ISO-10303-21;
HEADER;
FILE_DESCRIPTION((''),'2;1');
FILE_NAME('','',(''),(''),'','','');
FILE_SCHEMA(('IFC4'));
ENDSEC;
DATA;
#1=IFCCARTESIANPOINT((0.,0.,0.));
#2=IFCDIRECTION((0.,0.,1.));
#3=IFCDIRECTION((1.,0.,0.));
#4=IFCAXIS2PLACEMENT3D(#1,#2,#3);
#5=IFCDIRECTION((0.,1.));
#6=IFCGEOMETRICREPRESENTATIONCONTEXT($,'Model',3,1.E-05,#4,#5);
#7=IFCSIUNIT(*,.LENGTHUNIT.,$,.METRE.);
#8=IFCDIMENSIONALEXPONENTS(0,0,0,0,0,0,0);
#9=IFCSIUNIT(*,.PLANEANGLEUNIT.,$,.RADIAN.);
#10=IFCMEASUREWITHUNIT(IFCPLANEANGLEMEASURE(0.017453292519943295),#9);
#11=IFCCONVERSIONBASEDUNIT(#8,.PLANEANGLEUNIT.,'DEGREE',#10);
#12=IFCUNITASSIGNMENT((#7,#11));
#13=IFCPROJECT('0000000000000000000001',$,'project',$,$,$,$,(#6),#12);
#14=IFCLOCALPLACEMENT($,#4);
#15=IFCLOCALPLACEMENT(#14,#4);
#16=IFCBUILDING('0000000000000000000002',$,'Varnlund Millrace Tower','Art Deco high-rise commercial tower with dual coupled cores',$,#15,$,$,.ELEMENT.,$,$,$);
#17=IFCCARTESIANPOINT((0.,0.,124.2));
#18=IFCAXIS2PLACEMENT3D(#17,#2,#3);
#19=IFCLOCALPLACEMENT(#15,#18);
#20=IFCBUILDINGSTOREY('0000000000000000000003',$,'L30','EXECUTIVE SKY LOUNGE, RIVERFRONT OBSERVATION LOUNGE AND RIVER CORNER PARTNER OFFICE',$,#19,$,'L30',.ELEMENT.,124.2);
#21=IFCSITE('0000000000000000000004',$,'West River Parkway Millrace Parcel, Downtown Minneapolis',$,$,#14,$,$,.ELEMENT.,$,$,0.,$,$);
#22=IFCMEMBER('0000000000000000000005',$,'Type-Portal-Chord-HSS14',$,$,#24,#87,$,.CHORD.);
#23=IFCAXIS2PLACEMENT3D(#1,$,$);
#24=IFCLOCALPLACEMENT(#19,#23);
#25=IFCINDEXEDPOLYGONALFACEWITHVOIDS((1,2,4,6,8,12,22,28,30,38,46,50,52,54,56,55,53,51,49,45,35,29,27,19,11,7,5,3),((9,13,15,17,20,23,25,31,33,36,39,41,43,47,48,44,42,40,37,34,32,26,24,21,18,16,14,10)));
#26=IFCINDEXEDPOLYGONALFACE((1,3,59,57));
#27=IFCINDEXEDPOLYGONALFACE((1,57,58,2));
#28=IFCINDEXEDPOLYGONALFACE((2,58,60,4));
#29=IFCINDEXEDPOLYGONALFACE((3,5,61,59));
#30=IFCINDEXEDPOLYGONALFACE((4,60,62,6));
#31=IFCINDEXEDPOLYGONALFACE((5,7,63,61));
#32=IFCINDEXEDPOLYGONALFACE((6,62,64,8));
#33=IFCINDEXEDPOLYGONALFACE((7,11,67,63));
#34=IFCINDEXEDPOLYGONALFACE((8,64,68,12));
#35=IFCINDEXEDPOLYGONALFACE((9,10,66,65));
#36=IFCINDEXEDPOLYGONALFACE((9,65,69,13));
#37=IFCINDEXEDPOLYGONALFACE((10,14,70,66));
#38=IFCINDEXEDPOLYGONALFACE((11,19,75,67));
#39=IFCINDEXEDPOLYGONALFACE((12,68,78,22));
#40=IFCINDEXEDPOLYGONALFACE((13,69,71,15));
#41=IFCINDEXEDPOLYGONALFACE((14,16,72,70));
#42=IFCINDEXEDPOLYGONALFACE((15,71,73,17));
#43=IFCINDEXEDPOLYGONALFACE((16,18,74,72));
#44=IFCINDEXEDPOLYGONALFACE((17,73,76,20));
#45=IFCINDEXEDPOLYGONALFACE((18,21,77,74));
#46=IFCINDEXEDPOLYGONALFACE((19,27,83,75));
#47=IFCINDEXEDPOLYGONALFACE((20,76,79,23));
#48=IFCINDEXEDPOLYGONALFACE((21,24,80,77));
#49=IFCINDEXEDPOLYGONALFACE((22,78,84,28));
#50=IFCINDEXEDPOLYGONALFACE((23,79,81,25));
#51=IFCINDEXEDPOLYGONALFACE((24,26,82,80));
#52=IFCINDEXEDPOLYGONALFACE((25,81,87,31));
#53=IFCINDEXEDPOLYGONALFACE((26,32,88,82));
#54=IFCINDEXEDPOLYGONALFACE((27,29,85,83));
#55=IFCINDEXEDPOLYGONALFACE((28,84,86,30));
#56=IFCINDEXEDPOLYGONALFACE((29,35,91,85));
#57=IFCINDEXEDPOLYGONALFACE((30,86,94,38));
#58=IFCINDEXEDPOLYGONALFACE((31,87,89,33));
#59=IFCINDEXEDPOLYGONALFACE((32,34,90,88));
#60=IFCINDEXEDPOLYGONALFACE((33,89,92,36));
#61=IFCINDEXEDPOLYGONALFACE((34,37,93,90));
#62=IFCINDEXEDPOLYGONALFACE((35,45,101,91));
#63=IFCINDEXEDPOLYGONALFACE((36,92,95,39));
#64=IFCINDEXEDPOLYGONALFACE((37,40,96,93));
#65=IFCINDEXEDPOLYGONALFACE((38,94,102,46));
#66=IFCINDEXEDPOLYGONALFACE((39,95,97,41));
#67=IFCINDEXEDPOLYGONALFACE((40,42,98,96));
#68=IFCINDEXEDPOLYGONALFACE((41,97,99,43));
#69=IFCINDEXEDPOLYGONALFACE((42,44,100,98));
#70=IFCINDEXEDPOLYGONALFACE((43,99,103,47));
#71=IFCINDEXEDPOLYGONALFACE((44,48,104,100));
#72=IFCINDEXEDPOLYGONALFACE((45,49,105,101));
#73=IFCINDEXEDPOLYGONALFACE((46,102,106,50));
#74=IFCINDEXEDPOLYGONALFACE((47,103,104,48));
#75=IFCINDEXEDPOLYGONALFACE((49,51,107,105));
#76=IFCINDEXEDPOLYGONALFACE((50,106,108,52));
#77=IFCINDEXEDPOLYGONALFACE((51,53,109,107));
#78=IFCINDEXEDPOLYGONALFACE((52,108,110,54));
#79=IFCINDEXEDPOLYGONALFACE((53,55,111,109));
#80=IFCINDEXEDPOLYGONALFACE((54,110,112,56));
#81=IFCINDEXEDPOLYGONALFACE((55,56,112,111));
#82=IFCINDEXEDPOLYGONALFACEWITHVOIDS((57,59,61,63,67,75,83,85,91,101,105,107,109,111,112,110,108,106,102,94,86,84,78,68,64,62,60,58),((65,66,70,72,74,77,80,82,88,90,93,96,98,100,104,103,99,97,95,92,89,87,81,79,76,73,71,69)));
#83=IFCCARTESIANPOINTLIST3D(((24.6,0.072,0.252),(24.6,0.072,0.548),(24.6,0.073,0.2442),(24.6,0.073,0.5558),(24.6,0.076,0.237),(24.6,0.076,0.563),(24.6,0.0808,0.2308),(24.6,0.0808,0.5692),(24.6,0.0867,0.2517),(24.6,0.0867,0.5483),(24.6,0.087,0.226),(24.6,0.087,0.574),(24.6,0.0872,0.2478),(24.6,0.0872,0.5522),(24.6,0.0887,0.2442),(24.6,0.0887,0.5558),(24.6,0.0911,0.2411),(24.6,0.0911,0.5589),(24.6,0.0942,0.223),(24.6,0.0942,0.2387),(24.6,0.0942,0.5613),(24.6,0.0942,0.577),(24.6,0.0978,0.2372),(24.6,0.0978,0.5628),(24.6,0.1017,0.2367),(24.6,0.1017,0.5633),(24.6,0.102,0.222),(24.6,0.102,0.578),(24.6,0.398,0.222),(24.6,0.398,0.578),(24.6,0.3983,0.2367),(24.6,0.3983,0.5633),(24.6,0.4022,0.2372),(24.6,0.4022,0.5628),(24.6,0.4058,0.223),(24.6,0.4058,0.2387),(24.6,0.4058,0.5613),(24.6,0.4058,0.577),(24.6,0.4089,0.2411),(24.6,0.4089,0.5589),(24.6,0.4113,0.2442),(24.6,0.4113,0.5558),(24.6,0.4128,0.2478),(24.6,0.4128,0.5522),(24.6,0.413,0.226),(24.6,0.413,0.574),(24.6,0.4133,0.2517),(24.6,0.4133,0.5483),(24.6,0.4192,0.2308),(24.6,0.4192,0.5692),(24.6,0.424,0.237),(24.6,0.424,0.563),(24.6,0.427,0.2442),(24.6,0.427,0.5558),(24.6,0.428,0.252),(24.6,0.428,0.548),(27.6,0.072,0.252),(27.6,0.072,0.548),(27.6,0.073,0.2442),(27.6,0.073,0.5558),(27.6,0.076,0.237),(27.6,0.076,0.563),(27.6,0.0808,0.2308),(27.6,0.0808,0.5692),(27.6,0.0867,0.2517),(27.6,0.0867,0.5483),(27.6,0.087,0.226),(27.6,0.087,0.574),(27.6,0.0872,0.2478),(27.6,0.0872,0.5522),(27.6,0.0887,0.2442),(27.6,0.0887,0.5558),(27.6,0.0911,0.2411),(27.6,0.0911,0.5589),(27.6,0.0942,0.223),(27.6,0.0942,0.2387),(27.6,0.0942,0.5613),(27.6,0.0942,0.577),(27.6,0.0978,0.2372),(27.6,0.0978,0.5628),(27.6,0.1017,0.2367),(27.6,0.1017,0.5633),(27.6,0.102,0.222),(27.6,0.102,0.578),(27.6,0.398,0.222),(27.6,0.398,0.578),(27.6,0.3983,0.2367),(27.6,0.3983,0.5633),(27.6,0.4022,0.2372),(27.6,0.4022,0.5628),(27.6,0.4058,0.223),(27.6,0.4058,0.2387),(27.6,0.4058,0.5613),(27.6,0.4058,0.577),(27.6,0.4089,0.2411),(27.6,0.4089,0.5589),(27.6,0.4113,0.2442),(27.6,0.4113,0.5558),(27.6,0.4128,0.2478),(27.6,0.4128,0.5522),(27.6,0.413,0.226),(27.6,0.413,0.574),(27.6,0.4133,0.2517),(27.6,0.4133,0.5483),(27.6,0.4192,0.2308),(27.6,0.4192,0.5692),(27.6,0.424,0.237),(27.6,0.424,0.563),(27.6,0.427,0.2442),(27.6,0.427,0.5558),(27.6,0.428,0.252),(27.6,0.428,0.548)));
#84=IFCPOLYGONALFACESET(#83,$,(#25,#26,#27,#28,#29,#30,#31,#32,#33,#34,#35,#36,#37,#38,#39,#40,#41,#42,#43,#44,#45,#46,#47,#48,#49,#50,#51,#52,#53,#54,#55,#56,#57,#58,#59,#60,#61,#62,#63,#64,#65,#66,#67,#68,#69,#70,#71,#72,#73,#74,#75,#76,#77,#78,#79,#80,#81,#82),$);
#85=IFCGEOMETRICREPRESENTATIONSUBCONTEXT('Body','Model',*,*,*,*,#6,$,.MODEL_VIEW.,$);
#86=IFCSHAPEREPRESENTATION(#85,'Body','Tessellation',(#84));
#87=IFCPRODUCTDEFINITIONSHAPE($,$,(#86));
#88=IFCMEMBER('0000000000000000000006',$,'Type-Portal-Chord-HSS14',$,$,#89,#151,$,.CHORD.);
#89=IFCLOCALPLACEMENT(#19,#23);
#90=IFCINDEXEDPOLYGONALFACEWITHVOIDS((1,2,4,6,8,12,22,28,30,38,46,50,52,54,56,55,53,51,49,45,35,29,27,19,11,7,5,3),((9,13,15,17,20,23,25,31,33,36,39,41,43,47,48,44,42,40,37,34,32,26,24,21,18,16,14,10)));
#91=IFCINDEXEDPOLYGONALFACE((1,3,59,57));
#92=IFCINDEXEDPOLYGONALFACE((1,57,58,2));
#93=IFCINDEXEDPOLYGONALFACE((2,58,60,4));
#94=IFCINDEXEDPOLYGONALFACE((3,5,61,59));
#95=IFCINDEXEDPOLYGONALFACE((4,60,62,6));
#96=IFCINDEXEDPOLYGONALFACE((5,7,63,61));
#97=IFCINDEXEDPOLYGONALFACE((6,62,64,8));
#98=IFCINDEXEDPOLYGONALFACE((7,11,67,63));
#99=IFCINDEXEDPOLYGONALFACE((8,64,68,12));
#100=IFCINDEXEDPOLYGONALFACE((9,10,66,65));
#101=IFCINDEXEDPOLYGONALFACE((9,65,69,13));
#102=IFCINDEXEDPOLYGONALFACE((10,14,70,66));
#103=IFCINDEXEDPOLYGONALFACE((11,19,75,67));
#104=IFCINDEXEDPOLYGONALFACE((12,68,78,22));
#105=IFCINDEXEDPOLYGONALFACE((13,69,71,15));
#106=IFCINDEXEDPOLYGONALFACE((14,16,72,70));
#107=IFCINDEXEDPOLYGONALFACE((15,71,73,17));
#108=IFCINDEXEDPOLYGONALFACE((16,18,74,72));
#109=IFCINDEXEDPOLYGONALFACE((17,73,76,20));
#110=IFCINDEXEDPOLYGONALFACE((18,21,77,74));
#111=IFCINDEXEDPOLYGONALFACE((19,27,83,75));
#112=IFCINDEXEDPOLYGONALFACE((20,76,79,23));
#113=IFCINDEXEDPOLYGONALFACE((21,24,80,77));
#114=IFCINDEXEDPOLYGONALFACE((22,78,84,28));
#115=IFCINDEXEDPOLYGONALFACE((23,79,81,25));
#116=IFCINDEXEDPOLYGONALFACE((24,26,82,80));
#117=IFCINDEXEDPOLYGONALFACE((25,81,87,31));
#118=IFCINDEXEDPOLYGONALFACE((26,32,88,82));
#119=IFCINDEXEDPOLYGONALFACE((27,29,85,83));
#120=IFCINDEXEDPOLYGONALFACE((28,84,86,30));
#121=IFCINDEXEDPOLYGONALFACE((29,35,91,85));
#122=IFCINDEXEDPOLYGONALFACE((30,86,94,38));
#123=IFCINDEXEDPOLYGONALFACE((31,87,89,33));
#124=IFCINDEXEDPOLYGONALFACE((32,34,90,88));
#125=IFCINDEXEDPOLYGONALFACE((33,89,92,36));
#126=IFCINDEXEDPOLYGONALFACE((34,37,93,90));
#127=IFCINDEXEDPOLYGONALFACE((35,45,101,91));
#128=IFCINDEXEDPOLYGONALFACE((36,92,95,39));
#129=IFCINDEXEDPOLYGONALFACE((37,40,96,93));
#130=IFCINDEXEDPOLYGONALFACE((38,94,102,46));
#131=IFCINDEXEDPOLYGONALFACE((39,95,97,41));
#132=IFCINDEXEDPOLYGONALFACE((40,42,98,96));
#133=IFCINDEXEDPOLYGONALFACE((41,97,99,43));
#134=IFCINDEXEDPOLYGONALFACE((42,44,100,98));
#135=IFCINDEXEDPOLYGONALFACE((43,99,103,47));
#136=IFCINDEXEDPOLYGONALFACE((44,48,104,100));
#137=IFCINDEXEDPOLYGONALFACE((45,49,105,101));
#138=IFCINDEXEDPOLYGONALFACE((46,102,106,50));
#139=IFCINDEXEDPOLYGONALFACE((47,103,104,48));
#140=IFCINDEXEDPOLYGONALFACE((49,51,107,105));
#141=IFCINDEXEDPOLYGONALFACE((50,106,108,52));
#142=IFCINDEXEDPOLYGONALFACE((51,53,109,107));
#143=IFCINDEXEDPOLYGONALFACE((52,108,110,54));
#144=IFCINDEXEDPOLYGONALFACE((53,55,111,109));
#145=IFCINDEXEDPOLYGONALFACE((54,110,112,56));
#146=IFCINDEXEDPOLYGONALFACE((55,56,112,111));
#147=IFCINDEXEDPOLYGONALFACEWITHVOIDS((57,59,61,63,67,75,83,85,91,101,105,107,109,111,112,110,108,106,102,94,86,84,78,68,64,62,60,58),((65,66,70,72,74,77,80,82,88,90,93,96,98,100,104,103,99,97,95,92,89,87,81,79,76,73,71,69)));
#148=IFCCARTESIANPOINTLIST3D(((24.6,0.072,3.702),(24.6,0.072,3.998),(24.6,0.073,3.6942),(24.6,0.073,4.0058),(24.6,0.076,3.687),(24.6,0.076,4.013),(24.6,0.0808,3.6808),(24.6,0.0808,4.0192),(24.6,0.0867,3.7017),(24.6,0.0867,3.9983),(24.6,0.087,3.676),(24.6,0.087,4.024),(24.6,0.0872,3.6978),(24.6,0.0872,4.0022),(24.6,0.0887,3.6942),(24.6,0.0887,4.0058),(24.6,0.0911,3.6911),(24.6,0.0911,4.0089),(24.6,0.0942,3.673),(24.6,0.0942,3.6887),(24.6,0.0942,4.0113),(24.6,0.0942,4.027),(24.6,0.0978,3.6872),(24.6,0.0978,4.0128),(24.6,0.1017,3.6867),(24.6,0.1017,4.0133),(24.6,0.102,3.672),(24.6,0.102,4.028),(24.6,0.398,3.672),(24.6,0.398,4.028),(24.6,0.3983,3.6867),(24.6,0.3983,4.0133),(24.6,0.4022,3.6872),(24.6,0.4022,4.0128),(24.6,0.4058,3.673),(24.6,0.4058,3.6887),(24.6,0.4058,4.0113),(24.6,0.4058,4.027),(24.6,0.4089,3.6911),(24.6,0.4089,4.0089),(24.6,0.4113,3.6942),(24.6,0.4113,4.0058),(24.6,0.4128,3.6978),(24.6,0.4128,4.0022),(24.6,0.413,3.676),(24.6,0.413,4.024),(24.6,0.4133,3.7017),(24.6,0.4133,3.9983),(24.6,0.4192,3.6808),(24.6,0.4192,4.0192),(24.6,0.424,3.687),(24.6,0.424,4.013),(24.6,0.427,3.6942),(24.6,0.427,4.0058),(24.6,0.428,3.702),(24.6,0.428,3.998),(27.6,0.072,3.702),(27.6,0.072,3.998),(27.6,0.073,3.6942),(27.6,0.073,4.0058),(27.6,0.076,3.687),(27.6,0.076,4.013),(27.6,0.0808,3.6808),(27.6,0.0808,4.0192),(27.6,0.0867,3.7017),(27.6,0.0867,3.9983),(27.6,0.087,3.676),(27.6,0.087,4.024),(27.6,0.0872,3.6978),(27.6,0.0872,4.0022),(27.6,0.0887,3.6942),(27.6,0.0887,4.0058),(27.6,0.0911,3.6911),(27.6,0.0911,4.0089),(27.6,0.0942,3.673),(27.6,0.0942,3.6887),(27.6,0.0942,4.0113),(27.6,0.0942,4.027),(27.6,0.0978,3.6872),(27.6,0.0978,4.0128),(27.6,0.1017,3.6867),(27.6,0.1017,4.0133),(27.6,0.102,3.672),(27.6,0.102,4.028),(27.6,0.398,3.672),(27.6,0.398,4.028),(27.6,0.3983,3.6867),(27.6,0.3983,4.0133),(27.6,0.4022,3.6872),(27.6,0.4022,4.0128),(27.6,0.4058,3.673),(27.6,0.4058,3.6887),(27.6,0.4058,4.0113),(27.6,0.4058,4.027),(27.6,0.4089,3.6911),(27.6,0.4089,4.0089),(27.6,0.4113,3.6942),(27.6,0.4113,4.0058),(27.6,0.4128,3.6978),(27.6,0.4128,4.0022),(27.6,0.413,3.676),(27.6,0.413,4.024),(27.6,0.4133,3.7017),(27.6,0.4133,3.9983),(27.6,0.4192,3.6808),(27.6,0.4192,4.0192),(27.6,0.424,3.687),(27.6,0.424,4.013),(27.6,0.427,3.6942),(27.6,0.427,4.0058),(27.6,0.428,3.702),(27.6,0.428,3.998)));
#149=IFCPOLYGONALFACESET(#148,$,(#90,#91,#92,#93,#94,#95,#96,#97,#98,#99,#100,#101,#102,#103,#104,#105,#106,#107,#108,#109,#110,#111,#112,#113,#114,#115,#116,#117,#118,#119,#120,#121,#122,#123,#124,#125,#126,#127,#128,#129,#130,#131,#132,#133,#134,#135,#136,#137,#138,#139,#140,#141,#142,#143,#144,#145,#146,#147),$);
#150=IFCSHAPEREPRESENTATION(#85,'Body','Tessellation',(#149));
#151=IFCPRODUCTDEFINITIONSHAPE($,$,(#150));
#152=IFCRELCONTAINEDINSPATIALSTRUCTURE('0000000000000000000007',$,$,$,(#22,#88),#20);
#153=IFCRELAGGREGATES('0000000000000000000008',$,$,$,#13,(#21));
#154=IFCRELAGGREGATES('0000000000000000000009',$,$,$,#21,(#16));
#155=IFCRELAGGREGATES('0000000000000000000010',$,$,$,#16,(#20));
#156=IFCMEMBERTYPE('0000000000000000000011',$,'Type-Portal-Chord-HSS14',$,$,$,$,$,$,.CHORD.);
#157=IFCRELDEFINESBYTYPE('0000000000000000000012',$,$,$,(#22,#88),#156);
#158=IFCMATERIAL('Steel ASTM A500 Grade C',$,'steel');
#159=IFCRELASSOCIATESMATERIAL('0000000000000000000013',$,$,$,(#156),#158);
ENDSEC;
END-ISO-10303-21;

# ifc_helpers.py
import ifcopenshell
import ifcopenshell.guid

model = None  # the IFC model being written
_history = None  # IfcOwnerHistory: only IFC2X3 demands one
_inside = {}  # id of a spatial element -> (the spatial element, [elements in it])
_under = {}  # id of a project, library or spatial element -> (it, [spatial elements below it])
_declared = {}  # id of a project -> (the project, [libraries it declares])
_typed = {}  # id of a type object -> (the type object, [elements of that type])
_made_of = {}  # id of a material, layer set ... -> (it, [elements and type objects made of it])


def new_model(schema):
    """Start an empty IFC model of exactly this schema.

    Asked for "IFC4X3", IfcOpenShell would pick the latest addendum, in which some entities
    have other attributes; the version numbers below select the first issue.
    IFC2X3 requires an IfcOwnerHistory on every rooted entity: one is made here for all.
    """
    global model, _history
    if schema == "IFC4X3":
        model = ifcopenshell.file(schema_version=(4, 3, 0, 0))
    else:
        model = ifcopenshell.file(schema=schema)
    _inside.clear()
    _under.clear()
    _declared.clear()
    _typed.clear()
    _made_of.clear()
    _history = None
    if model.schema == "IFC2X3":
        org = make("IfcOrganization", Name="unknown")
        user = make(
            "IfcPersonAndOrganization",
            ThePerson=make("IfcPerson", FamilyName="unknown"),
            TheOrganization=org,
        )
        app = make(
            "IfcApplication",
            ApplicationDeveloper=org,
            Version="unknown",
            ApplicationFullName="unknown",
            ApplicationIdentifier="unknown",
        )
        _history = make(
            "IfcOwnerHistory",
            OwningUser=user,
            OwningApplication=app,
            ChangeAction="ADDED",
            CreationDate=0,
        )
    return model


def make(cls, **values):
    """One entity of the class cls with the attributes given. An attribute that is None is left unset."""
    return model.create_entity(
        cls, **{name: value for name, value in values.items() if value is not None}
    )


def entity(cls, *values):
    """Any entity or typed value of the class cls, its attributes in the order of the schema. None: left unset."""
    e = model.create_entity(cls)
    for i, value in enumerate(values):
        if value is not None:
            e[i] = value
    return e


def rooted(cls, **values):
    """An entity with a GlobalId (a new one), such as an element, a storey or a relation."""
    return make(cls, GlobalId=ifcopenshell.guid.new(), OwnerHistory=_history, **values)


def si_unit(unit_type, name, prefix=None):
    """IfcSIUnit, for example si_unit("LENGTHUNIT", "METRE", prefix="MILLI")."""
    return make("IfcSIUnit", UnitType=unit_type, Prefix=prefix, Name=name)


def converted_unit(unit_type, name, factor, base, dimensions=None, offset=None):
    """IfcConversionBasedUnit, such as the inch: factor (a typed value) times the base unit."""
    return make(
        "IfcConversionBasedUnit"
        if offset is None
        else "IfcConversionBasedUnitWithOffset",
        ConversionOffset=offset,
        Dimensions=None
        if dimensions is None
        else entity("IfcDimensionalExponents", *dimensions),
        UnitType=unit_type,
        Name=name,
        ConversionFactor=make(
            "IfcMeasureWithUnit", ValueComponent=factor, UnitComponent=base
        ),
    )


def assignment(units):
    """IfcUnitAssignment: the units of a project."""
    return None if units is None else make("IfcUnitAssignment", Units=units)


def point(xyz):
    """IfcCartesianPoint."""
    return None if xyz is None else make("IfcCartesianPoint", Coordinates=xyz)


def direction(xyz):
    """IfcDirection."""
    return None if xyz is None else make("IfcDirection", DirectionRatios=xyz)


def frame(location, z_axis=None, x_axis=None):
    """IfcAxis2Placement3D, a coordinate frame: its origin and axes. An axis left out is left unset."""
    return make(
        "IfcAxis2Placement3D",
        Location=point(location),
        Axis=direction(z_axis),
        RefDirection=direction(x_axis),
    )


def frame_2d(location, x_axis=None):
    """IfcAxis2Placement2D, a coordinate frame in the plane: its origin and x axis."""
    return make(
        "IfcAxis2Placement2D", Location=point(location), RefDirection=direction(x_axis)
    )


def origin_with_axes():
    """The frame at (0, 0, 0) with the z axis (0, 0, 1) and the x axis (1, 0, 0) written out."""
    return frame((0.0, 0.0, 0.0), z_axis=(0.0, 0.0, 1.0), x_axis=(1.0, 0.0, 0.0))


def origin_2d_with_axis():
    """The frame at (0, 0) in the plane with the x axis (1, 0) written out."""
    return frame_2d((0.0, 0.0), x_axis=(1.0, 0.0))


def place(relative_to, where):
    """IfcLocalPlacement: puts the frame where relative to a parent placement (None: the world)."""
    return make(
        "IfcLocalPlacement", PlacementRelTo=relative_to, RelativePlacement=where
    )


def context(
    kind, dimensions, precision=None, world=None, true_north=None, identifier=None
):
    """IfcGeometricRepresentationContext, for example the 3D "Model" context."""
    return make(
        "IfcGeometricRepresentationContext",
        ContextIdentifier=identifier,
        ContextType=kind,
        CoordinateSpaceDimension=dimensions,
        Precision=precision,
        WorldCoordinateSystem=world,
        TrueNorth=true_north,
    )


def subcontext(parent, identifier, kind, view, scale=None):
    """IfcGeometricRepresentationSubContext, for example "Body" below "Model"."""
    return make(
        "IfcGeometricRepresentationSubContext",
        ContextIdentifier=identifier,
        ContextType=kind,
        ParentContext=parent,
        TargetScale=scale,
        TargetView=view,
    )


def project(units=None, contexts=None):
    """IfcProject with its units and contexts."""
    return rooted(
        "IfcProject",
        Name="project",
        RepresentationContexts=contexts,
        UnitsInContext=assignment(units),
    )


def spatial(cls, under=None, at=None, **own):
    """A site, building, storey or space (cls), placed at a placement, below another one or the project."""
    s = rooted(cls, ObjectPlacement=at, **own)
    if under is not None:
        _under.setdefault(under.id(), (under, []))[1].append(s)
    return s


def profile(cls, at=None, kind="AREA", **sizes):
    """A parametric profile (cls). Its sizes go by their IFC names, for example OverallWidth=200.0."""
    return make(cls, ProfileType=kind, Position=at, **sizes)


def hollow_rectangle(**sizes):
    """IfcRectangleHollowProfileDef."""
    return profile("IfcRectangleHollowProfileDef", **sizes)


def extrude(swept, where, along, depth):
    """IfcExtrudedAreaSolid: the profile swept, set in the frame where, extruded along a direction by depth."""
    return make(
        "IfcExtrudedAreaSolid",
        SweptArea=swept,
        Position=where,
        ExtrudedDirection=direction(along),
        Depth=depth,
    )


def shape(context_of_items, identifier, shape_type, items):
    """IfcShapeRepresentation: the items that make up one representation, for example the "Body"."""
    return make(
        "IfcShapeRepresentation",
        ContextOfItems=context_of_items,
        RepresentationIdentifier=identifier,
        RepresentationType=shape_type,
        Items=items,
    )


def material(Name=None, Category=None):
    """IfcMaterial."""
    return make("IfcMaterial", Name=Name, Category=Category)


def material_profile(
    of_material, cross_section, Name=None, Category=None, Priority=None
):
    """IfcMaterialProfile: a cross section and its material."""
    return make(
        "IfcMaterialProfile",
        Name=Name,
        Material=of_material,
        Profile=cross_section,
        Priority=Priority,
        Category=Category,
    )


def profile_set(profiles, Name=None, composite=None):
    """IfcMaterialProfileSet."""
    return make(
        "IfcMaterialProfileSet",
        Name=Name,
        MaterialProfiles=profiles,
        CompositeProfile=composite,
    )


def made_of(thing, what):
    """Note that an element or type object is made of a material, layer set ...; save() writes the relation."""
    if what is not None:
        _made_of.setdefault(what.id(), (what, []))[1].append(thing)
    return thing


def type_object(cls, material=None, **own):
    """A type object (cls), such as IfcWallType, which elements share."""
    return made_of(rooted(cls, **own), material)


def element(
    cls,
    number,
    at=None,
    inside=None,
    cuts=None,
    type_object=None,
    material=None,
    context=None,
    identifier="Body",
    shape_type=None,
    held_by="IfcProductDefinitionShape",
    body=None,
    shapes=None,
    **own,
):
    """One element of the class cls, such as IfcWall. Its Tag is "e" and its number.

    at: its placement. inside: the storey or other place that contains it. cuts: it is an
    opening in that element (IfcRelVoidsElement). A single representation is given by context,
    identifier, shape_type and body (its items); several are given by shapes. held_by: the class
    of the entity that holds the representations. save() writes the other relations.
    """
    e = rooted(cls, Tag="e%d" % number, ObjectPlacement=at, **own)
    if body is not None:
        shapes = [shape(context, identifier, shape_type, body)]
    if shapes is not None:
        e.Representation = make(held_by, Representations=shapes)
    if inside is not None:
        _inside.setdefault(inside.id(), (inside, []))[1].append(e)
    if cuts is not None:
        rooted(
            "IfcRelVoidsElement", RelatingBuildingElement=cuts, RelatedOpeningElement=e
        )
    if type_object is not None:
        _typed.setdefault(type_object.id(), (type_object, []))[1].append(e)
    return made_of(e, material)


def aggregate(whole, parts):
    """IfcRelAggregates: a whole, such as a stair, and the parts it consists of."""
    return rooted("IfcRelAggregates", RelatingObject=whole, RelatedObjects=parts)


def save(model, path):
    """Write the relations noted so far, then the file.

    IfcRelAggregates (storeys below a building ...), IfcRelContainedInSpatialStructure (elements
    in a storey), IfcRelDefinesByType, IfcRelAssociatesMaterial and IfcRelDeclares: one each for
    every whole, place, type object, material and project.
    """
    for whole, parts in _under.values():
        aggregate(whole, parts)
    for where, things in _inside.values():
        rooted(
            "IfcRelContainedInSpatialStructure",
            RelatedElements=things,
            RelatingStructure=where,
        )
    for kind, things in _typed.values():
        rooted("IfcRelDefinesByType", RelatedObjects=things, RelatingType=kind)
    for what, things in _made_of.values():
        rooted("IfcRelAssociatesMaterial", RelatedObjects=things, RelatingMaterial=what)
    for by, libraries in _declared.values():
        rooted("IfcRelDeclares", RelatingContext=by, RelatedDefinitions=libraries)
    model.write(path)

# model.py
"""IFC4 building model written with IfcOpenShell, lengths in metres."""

from ifc_helpers import new_model, entity, si_unit, converted_unit, direction, frame, origin_with_axes, origin_2d_with_axis, place, context, subcontext, project, spatial, hollow_rectangle, extrude, material, material_profile, profile_set, type_object, element, save


model = new_model("IFC4")

# Units and contexts
model_context = context("Model", 3, precision=1e-05, world=origin_with_axes(), true_north=direction((0.0, 1.0)))
body_context = subcontext(model_context, "Body", "Model", "MODEL_VIEW")
ifc_project = project(units=[si_unit("LENGTHUNIT", "METRE"), converted_unit("PLANEANGLEUNIT", "DEGREE", entity("IfcPlaneAngleMeasure", 0.017453292519943295), si_unit("PLANEANGLEUNIT", "RADIAN"), dimensions=[0, 0, 0, 0, 0, 0, 0])], contexts=[model_context])

# Site, building, storey
site_placement = place(None, origin_with_axes())
site = spatial("IfcSite", under=ifc_project, at=site_placement, Name="West River Parkway Millrace Parcel, Downtown Minneapolis", CompositionType="ELEMENT", RefElevation=0.0)
building_placement = place(site_placement, origin_with_axes())
building = spatial("IfcBuilding", under=site, at=building_placement, Name="Varnlund Millrace Tower", Description="Art Deco high-rise commercial tower with dual coupled cores", CompositionType="ELEMENT")
storey_placement = place(building_placement, frame((0.0, 0.0, 124.2), z_axis=(0.0, 0.0, 1.0), x_axis=(1.0, 0.0, 0.0)))
storey = spatial("IfcBuildingStorey", under=building, at=storey_placement, Name="L30", Description="EXECUTIVE SKY LOUNGE, RIVERFRONT OBSERVATION LOUNGE AND RIVER CORNER PARTNER OFFICE", LongName="L30", CompositionType="ELEMENT", Elevation=124.2)

# Members
ifc_material_1 = material(Name="Steel ASTM A500 Grade C", Category="steel")
ifc_material_profile_1 = material_profile(ifc_material_1, hollow_rectangle(XDim=0.356, YDim=0.356, WallThickness=0.0147, InnerFilletRadius=0.015, OuterFilletRadius=0.03, at=origin_2d_with_axis()), Name="Steel ASTM A500 Grade C")
ifc_profile_set_1 = profile_set([ifc_material_profile_1], Name="Steel ASTM A500 Grade C")
member_type_1 = type_object("IfcMemberType", Name="Type-Portal-Chord-HSS14", PredefinedType="CHORD", material=ifc_profile_set_1)
for number, where, z_axis, x_axis, name in (
    (1, (24.6, 0.25, 0.4), (1.0, 0.0, 0.0), (0.0, 1.0, 0.0), "Type-Portal-Chord-HSS14"),
    (2, (24.6, 0.25, 3.85), (1.0, 0.0, 0.0), (0.0, 1.0, 0.0), "Type-Portal-Chord-HSS14"),
):
    element("IfcMember", number, at=place(storey_placement, frame(where, z_axis=z_axis, x_axis=x_axis)), inside=storey, type_object=member_type_1, Name=name, PredefinedType="CHORD", context=body_context, shape_type="SweptSolid", body=[
        extrude(hollow_rectangle(XDim=0.356, YDim=0.356, WallThickness=0.0147, InnerFilletRadius=0.015, OuterFilletRadius=0.03, at=origin_2d_with_axis()), origin_with_axes(), (0.0, 0.0, 1.0), 3.0),
    ])

save(model, "model.ifc")
